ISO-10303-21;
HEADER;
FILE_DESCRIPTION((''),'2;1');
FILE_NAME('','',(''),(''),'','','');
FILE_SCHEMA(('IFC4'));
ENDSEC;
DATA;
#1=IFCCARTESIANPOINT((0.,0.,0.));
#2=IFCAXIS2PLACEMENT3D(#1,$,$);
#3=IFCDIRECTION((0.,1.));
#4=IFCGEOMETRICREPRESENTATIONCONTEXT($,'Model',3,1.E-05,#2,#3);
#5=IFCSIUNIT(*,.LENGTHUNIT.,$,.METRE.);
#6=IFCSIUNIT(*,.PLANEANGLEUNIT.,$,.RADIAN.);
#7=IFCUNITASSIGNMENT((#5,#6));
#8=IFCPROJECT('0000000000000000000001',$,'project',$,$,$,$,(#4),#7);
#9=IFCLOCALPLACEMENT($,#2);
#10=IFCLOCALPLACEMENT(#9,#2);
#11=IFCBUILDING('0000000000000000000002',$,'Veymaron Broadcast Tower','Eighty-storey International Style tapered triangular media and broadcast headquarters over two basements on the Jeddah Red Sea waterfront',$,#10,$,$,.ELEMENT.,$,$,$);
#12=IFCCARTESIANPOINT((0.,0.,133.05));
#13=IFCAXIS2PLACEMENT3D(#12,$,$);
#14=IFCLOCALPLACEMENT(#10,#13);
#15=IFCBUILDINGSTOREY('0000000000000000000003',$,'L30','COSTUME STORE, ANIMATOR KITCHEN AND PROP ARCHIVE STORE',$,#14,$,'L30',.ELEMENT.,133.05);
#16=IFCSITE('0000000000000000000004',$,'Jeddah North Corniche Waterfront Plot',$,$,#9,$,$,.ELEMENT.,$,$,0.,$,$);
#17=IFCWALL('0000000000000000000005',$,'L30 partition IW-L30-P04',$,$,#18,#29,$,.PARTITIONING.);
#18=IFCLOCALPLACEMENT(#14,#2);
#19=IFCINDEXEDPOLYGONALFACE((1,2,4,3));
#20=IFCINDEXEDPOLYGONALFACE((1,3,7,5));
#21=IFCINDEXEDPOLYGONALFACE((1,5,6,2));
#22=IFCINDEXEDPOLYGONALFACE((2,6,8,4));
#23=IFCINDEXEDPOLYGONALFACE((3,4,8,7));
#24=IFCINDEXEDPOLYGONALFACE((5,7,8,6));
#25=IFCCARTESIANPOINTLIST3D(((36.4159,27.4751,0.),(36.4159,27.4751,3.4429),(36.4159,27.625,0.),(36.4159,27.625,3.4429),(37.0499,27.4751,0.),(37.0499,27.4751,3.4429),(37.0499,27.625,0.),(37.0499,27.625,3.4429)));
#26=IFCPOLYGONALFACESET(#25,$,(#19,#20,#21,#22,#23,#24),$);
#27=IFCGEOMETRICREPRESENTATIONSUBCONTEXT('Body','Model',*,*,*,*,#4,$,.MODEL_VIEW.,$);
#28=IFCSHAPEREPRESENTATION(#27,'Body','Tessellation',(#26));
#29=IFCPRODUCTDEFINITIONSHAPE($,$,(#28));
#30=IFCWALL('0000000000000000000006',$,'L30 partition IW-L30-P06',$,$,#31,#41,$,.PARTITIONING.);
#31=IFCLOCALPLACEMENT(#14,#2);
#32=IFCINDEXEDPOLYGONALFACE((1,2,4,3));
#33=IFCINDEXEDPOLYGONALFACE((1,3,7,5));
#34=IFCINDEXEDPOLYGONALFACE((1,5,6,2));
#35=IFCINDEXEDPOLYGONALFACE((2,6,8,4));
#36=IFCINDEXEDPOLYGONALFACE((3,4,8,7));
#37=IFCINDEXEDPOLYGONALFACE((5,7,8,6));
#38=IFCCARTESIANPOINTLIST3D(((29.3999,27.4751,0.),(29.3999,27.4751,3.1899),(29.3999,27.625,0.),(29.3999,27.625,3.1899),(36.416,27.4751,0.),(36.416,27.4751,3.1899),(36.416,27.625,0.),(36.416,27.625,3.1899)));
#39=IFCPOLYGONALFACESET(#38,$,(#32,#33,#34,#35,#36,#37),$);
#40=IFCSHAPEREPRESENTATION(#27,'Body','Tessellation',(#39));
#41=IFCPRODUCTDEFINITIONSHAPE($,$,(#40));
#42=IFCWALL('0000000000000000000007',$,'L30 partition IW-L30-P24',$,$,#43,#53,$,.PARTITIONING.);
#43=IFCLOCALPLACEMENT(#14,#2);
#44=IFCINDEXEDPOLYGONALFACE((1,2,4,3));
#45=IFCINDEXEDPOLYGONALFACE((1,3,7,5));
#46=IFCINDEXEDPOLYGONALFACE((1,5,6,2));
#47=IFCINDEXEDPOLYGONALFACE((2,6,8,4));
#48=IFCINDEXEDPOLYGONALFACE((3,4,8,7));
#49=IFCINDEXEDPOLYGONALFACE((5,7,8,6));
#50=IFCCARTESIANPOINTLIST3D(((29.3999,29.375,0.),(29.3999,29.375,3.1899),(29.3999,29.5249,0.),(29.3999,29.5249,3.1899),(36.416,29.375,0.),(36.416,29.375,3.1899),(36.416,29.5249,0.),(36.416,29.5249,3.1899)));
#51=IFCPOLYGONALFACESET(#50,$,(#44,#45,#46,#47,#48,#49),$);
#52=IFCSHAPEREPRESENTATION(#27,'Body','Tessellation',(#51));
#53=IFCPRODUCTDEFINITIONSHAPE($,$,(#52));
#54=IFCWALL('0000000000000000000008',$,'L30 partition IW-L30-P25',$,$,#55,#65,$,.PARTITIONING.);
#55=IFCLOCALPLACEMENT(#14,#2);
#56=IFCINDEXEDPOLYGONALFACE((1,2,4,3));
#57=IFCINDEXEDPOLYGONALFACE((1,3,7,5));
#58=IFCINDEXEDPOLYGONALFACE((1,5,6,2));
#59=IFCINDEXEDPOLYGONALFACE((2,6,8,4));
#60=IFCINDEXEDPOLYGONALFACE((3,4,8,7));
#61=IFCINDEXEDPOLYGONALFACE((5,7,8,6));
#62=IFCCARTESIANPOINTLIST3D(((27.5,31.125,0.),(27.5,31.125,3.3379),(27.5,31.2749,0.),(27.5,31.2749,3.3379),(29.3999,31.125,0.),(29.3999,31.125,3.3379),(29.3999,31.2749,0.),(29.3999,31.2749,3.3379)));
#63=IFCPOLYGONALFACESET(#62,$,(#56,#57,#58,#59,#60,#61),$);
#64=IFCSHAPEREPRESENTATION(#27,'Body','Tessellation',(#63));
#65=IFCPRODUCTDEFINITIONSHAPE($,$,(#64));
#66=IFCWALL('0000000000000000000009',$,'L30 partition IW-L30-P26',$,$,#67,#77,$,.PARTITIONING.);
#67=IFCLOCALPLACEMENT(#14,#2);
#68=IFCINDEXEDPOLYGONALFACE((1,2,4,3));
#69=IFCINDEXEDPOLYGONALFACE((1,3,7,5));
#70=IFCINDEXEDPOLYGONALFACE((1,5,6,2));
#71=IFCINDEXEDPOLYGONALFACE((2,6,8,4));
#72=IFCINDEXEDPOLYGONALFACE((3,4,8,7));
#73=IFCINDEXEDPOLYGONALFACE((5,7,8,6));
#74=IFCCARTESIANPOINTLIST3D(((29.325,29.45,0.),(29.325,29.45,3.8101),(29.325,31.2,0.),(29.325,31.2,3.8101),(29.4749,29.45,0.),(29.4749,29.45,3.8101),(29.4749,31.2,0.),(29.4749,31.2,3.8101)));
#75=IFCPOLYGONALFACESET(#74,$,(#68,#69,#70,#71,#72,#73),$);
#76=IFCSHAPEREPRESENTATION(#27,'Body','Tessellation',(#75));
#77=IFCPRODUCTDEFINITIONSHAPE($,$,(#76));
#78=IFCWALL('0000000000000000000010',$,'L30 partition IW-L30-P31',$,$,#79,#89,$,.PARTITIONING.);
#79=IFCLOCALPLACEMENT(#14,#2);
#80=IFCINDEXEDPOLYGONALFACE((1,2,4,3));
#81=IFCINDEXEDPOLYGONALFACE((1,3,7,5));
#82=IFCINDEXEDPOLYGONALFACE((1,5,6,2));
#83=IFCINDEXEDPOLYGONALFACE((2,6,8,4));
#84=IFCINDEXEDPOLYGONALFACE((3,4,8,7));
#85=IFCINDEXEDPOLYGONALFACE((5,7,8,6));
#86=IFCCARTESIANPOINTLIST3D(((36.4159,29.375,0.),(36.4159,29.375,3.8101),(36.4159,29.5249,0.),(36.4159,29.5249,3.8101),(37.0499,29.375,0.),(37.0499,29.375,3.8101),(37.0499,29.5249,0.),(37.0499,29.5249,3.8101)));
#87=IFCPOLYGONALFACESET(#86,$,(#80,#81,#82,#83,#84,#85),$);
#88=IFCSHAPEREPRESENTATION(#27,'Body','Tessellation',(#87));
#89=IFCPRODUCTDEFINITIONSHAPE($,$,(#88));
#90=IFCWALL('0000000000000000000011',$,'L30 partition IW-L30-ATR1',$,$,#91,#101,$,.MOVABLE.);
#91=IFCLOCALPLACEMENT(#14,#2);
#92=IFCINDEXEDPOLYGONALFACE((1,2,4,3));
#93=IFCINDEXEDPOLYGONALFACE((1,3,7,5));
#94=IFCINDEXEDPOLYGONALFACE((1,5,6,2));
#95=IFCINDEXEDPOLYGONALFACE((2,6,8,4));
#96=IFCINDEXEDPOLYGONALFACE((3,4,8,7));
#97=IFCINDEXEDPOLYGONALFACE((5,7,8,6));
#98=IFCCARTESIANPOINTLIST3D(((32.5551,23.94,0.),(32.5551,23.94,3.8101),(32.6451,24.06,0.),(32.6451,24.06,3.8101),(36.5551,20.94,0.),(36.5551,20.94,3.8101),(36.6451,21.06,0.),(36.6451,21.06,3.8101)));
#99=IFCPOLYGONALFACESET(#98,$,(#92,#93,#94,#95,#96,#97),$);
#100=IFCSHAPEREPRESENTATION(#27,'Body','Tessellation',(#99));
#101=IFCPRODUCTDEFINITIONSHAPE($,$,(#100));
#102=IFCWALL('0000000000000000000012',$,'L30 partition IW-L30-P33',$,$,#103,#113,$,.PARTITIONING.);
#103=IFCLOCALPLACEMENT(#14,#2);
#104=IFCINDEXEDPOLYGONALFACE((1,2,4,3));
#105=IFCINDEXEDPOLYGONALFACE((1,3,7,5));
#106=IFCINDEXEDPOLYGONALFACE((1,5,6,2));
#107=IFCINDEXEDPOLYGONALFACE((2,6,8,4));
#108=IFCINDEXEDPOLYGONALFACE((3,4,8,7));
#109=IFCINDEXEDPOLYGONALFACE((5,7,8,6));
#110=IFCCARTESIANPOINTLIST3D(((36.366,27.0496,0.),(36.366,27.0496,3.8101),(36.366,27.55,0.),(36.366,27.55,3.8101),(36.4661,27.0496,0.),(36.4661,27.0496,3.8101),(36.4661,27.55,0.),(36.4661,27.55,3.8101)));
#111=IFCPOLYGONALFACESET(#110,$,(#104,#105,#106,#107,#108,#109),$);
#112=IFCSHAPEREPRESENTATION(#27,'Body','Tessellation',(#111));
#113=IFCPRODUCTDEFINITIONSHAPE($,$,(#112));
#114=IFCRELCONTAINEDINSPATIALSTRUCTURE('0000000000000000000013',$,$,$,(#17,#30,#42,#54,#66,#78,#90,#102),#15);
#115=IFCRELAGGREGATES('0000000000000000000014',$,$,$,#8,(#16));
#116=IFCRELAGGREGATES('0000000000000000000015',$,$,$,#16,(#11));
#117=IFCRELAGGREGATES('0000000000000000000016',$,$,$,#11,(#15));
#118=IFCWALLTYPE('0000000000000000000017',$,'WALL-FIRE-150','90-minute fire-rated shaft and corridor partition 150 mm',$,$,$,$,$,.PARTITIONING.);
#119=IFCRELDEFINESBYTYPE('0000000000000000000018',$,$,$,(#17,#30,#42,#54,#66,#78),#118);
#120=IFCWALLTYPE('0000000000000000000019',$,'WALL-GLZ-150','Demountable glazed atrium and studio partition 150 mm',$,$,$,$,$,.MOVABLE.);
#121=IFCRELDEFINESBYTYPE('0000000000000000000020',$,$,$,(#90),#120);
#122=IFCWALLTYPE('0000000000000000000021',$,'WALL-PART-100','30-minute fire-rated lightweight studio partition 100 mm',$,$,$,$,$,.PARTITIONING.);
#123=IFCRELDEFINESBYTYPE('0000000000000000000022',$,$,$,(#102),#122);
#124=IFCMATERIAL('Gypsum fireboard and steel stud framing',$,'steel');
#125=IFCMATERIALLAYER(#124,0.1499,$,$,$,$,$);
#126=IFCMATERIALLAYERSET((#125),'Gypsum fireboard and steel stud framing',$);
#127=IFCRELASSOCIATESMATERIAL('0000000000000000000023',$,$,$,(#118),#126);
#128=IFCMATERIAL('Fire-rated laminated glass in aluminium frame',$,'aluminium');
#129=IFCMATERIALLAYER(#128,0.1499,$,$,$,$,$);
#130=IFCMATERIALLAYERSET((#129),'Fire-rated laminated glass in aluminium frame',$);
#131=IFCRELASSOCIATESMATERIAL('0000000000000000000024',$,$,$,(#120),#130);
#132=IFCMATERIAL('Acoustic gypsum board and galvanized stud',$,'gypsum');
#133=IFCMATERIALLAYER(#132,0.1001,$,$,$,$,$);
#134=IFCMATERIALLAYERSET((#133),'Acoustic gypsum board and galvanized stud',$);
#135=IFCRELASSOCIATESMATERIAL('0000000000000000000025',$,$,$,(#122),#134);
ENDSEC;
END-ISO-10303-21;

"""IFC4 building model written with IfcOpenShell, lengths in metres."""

from ifc_helpers import new_model, si_unit, direction, frame, frame_2d, origin, place, context, subcontext, project, spatial, rectangle, extrude, material, layer, layer_set, type_object, element, save


model = new_model("IFC4")

# Units and contexts
model_context = context("Model", 3, precision=1e-05, world=origin(), true_north=direction((0.0, 1.0)))
body_context = subcontext(model_context, "Body", "Model", "MODEL_VIEW")
ifc_project = project(units=[si_unit("LENGTHUNIT", "METRE"), si_unit("PLANEANGLEUNIT", "RADIAN")], contexts=[model_context])

# Site, building, storey
site_placement = place(None, origin())
site = spatial("IfcSite", under=ifc_project, at=site_placement, Name="Jeddah North Corniche Waterfront Plot", CompositionType="ELEMENT", RefElevation=0.0)
building_placement = place(site_placement, origin())
building = spatial("IfcBuilding", under=site, at=building_placement, Name="Veymaron Broadcast Tower", Description="Eighty-storey International Style tapered triangular media and broadcast headquarters over two basements on the Jeddah Red Sea waterfront", CompositionType="ELEMENT")
storey_placement = place(building_placement, frame((0.0, 0.0, 133.05)))
storey = spatial("IfcBuildingStorey", under=building, at=storey_placement, Name="L30", Description="COSTUME STORE, ANIMATOR KITCHEN AND PROP ARCHIVE STORE", LongName="L30", CompositionType="ELEMENT", Elevation=133.05)

# Walls
ifc_material_1 = material(Name="Gypsum fireboard and steel stud framing", Category="steel")
ifc_layer_1 = layer(ifc_material_1, 0.1499)
ifc_layer_set_1 = layer_set([ifc_layer_1], Name="Gypsum fireboard and steel stud framing")
wall_type_1 = type_object("IfcWallType", Name="WALL-FIRE-150", Description="90-minute fire-rated shaft and corridor partition 150 mm", PredefinedType="PARTITIONING", material=ifc_layer_set_1)
wall_1_placement = place(storey_placement, frame((36.416, 27.55, 0.0), z_axis=(0.0, 0.0, 1.0), x_axis=(1.0, 0.0, 0.0)))
element("IfcWall", 1, at=wall_1_placement, inside=storey, type_object=wall_type_1, Name="L30 partition IW-L30-P04", PredefinedType="PARTITIONING", context=body_context, shape_type="SweptSolid", body=[
    extrude(rectangle(XDim=0.634, YDim=0.1499, at=frame_2d((0.3169, 0.0))), origin(), (0.0, 0.0, 1.0), 3.4429),
])
for number, where, z_axis, x_axis, name in (
    (2, (29.3999, 27.55, 0.0), (0.0, 0.0, 1.0), (1.0, 0.0, 0.0), "L30 partition IW-L30-P06"),
    (3, (29.3999, 29.45, 0.0), (0.0, 0.0, 1.0), (1.0, 0.0, 0.0), "L30 partition IW-L30-P24"),
):
    element("IfcWall", number, at=place(storey_placement, frame(where, z_axis=z_axis, x_axis=x_axis)), inside=storey, type_object=wall_type_1, Name=name, PredefinedType="PARTITIONING", context=body_context, shape_type="SweptSolid", body=[
        extrude(rectangle(XDim=7.0161, YDim=0.1499, at=frame_2d((3.5081, 0.0))), origin(), (0.0, 0.0, 1.0), 3.1899),
    ])
wall_2_placement = place(storey_placement, frame((27.5, 31.2, 0.0), z_axis=(0.0, 0.0, 1.0), x_axis=(1.0, 0.0, 0.0)))
element("IfcWall", 4, at=wall_2_placement, inside=storey, type_object=wall_type_1, Name="L30 partition IW-L30-P25", PredefinedType="PARTITIONING", context=body_context, shape_type="SweptSolid", body=[
    extrude(rectangle(XDim=1.8999, YDim=0.1499, at=frame_2d((0.95, 0.0))), origin(), (0.0, 0.0, 1.0), 3.3379),
])
wall_3_placement = place(storey_placement, frame((29.3999, 29.45, 0.0), z_axis=(0.0, 0.0, 1.0), x_axis=(0.0, 1.0, 0.0)))
element("IfcWall", 5, at=wall_3_placement, inside=storey, type_object=wall_type_1, Name="L30 partition IW-L30-P26", PredefinedType="PARTITIONING", context=body_context, shape_type="SweptSolid", body=[
    extrude(rectangle(XDim=1.75, YDim=0.1499, at=frame_2d((0.875, 0.0))), origin(), (0.0, 0.0, 1.0), 3.8101),
])
wall_4_placement = place(storey_placement, frame((36.416, 29.45, 0.0), z_axis=(0.0, 0.0, 1.0), x_axis=(1.0, 0.0, 0.0)))
element("IfcWall", 6, at=wall_4_placement, inside=storey, type_object=wall_type_1, Name="L30 partition IW-L30-P31", PredefinedType="PARTITIONING", context=body_context, shape_type="SweptSolid", body=[
    extrude(rectangle(XDim=0.634, YDim=0.1499, at=frame_2d((0.3169, 0.0))), origin(), (0.0, 0.0, 1.0), 3.8101),
])
ifc_material_2 = material(Name="Fire-rated laminated glass in aluminium frame", Category="aluminium")
ifc_layer_2 = layer(ifc_material_2, 0.1499)
ifc_layer_set_2 = layer_set([ifc_layer_2], Name="Fire-rated laminated glass in aluminium frame")
wall_type_2 = type_object("IfcWallType", Name="WALL-GLZ-150", Description="Demountable glazed atrium and studio partition 150 mm", PredefinedType="MOVABLE", material=ifc_layer_set_2)
wall_5_placement = place(storey_placement, frame((32.6001, 24.0, 0.0), z_axis=(0.0, 0.0, 1.0), x_axis=(0.8, -0.6, 0.0)))
element("IfcWall", 7, at=wall_5_placement, inside=storey, type_object=wall_type_2, Name="L30 partition IW-L30-ATR1", PredefinedType="MOVABLE", context=body_context, shape_type="SweptSolid", body=[
    extrude(rectangle(XDim=5.0, YDim=0.1499, at=frame_2d((2.5, 0.0))), origin(), (0.0, 0.0, 1.0), 3.8101),
])
ifc_material_3 = material(Name="Acoustic gypsum board and galvanized stud", Category="gypsum")
ifc_layer_3 = layer(ifc_material_3, 0.1001)
ifc_layer_set_3 = layer_set([ifc_layer_3], Name="Acoustic gypsum board and galvanized stud")
wall_type_3 = type_object("IfcWallType", Name="WALL-PART-100", Description="30-minute fire-rated lightweight studio partition 100 mm", PredefinedType="PARTITIONING", material=ifc_layer_set_3)
wall_6_placement = place(storey_placement, frame((36.416, 27.0496, 0.0), z_axis=(0.0, 0.0, 1.0), x_axis=(0.0, 1.0, 0.0)))
element("IfcWall", 8, at=wall_6_placement, inside=storey, type_object=wall_type_3, Name="L30 partition IW-L30-P33", PredefinedType="PARTITIONING", context=body_context, shape_type="SweptSolid", body=[
    extrude(rectangle(XDim=0.5005, YDim=0.1001, at=frame_2d((0.2502, 0.0))), origin(), (0.0, 0.0, 1.0), 3.8101),
])

save(model, "model.ifc")
